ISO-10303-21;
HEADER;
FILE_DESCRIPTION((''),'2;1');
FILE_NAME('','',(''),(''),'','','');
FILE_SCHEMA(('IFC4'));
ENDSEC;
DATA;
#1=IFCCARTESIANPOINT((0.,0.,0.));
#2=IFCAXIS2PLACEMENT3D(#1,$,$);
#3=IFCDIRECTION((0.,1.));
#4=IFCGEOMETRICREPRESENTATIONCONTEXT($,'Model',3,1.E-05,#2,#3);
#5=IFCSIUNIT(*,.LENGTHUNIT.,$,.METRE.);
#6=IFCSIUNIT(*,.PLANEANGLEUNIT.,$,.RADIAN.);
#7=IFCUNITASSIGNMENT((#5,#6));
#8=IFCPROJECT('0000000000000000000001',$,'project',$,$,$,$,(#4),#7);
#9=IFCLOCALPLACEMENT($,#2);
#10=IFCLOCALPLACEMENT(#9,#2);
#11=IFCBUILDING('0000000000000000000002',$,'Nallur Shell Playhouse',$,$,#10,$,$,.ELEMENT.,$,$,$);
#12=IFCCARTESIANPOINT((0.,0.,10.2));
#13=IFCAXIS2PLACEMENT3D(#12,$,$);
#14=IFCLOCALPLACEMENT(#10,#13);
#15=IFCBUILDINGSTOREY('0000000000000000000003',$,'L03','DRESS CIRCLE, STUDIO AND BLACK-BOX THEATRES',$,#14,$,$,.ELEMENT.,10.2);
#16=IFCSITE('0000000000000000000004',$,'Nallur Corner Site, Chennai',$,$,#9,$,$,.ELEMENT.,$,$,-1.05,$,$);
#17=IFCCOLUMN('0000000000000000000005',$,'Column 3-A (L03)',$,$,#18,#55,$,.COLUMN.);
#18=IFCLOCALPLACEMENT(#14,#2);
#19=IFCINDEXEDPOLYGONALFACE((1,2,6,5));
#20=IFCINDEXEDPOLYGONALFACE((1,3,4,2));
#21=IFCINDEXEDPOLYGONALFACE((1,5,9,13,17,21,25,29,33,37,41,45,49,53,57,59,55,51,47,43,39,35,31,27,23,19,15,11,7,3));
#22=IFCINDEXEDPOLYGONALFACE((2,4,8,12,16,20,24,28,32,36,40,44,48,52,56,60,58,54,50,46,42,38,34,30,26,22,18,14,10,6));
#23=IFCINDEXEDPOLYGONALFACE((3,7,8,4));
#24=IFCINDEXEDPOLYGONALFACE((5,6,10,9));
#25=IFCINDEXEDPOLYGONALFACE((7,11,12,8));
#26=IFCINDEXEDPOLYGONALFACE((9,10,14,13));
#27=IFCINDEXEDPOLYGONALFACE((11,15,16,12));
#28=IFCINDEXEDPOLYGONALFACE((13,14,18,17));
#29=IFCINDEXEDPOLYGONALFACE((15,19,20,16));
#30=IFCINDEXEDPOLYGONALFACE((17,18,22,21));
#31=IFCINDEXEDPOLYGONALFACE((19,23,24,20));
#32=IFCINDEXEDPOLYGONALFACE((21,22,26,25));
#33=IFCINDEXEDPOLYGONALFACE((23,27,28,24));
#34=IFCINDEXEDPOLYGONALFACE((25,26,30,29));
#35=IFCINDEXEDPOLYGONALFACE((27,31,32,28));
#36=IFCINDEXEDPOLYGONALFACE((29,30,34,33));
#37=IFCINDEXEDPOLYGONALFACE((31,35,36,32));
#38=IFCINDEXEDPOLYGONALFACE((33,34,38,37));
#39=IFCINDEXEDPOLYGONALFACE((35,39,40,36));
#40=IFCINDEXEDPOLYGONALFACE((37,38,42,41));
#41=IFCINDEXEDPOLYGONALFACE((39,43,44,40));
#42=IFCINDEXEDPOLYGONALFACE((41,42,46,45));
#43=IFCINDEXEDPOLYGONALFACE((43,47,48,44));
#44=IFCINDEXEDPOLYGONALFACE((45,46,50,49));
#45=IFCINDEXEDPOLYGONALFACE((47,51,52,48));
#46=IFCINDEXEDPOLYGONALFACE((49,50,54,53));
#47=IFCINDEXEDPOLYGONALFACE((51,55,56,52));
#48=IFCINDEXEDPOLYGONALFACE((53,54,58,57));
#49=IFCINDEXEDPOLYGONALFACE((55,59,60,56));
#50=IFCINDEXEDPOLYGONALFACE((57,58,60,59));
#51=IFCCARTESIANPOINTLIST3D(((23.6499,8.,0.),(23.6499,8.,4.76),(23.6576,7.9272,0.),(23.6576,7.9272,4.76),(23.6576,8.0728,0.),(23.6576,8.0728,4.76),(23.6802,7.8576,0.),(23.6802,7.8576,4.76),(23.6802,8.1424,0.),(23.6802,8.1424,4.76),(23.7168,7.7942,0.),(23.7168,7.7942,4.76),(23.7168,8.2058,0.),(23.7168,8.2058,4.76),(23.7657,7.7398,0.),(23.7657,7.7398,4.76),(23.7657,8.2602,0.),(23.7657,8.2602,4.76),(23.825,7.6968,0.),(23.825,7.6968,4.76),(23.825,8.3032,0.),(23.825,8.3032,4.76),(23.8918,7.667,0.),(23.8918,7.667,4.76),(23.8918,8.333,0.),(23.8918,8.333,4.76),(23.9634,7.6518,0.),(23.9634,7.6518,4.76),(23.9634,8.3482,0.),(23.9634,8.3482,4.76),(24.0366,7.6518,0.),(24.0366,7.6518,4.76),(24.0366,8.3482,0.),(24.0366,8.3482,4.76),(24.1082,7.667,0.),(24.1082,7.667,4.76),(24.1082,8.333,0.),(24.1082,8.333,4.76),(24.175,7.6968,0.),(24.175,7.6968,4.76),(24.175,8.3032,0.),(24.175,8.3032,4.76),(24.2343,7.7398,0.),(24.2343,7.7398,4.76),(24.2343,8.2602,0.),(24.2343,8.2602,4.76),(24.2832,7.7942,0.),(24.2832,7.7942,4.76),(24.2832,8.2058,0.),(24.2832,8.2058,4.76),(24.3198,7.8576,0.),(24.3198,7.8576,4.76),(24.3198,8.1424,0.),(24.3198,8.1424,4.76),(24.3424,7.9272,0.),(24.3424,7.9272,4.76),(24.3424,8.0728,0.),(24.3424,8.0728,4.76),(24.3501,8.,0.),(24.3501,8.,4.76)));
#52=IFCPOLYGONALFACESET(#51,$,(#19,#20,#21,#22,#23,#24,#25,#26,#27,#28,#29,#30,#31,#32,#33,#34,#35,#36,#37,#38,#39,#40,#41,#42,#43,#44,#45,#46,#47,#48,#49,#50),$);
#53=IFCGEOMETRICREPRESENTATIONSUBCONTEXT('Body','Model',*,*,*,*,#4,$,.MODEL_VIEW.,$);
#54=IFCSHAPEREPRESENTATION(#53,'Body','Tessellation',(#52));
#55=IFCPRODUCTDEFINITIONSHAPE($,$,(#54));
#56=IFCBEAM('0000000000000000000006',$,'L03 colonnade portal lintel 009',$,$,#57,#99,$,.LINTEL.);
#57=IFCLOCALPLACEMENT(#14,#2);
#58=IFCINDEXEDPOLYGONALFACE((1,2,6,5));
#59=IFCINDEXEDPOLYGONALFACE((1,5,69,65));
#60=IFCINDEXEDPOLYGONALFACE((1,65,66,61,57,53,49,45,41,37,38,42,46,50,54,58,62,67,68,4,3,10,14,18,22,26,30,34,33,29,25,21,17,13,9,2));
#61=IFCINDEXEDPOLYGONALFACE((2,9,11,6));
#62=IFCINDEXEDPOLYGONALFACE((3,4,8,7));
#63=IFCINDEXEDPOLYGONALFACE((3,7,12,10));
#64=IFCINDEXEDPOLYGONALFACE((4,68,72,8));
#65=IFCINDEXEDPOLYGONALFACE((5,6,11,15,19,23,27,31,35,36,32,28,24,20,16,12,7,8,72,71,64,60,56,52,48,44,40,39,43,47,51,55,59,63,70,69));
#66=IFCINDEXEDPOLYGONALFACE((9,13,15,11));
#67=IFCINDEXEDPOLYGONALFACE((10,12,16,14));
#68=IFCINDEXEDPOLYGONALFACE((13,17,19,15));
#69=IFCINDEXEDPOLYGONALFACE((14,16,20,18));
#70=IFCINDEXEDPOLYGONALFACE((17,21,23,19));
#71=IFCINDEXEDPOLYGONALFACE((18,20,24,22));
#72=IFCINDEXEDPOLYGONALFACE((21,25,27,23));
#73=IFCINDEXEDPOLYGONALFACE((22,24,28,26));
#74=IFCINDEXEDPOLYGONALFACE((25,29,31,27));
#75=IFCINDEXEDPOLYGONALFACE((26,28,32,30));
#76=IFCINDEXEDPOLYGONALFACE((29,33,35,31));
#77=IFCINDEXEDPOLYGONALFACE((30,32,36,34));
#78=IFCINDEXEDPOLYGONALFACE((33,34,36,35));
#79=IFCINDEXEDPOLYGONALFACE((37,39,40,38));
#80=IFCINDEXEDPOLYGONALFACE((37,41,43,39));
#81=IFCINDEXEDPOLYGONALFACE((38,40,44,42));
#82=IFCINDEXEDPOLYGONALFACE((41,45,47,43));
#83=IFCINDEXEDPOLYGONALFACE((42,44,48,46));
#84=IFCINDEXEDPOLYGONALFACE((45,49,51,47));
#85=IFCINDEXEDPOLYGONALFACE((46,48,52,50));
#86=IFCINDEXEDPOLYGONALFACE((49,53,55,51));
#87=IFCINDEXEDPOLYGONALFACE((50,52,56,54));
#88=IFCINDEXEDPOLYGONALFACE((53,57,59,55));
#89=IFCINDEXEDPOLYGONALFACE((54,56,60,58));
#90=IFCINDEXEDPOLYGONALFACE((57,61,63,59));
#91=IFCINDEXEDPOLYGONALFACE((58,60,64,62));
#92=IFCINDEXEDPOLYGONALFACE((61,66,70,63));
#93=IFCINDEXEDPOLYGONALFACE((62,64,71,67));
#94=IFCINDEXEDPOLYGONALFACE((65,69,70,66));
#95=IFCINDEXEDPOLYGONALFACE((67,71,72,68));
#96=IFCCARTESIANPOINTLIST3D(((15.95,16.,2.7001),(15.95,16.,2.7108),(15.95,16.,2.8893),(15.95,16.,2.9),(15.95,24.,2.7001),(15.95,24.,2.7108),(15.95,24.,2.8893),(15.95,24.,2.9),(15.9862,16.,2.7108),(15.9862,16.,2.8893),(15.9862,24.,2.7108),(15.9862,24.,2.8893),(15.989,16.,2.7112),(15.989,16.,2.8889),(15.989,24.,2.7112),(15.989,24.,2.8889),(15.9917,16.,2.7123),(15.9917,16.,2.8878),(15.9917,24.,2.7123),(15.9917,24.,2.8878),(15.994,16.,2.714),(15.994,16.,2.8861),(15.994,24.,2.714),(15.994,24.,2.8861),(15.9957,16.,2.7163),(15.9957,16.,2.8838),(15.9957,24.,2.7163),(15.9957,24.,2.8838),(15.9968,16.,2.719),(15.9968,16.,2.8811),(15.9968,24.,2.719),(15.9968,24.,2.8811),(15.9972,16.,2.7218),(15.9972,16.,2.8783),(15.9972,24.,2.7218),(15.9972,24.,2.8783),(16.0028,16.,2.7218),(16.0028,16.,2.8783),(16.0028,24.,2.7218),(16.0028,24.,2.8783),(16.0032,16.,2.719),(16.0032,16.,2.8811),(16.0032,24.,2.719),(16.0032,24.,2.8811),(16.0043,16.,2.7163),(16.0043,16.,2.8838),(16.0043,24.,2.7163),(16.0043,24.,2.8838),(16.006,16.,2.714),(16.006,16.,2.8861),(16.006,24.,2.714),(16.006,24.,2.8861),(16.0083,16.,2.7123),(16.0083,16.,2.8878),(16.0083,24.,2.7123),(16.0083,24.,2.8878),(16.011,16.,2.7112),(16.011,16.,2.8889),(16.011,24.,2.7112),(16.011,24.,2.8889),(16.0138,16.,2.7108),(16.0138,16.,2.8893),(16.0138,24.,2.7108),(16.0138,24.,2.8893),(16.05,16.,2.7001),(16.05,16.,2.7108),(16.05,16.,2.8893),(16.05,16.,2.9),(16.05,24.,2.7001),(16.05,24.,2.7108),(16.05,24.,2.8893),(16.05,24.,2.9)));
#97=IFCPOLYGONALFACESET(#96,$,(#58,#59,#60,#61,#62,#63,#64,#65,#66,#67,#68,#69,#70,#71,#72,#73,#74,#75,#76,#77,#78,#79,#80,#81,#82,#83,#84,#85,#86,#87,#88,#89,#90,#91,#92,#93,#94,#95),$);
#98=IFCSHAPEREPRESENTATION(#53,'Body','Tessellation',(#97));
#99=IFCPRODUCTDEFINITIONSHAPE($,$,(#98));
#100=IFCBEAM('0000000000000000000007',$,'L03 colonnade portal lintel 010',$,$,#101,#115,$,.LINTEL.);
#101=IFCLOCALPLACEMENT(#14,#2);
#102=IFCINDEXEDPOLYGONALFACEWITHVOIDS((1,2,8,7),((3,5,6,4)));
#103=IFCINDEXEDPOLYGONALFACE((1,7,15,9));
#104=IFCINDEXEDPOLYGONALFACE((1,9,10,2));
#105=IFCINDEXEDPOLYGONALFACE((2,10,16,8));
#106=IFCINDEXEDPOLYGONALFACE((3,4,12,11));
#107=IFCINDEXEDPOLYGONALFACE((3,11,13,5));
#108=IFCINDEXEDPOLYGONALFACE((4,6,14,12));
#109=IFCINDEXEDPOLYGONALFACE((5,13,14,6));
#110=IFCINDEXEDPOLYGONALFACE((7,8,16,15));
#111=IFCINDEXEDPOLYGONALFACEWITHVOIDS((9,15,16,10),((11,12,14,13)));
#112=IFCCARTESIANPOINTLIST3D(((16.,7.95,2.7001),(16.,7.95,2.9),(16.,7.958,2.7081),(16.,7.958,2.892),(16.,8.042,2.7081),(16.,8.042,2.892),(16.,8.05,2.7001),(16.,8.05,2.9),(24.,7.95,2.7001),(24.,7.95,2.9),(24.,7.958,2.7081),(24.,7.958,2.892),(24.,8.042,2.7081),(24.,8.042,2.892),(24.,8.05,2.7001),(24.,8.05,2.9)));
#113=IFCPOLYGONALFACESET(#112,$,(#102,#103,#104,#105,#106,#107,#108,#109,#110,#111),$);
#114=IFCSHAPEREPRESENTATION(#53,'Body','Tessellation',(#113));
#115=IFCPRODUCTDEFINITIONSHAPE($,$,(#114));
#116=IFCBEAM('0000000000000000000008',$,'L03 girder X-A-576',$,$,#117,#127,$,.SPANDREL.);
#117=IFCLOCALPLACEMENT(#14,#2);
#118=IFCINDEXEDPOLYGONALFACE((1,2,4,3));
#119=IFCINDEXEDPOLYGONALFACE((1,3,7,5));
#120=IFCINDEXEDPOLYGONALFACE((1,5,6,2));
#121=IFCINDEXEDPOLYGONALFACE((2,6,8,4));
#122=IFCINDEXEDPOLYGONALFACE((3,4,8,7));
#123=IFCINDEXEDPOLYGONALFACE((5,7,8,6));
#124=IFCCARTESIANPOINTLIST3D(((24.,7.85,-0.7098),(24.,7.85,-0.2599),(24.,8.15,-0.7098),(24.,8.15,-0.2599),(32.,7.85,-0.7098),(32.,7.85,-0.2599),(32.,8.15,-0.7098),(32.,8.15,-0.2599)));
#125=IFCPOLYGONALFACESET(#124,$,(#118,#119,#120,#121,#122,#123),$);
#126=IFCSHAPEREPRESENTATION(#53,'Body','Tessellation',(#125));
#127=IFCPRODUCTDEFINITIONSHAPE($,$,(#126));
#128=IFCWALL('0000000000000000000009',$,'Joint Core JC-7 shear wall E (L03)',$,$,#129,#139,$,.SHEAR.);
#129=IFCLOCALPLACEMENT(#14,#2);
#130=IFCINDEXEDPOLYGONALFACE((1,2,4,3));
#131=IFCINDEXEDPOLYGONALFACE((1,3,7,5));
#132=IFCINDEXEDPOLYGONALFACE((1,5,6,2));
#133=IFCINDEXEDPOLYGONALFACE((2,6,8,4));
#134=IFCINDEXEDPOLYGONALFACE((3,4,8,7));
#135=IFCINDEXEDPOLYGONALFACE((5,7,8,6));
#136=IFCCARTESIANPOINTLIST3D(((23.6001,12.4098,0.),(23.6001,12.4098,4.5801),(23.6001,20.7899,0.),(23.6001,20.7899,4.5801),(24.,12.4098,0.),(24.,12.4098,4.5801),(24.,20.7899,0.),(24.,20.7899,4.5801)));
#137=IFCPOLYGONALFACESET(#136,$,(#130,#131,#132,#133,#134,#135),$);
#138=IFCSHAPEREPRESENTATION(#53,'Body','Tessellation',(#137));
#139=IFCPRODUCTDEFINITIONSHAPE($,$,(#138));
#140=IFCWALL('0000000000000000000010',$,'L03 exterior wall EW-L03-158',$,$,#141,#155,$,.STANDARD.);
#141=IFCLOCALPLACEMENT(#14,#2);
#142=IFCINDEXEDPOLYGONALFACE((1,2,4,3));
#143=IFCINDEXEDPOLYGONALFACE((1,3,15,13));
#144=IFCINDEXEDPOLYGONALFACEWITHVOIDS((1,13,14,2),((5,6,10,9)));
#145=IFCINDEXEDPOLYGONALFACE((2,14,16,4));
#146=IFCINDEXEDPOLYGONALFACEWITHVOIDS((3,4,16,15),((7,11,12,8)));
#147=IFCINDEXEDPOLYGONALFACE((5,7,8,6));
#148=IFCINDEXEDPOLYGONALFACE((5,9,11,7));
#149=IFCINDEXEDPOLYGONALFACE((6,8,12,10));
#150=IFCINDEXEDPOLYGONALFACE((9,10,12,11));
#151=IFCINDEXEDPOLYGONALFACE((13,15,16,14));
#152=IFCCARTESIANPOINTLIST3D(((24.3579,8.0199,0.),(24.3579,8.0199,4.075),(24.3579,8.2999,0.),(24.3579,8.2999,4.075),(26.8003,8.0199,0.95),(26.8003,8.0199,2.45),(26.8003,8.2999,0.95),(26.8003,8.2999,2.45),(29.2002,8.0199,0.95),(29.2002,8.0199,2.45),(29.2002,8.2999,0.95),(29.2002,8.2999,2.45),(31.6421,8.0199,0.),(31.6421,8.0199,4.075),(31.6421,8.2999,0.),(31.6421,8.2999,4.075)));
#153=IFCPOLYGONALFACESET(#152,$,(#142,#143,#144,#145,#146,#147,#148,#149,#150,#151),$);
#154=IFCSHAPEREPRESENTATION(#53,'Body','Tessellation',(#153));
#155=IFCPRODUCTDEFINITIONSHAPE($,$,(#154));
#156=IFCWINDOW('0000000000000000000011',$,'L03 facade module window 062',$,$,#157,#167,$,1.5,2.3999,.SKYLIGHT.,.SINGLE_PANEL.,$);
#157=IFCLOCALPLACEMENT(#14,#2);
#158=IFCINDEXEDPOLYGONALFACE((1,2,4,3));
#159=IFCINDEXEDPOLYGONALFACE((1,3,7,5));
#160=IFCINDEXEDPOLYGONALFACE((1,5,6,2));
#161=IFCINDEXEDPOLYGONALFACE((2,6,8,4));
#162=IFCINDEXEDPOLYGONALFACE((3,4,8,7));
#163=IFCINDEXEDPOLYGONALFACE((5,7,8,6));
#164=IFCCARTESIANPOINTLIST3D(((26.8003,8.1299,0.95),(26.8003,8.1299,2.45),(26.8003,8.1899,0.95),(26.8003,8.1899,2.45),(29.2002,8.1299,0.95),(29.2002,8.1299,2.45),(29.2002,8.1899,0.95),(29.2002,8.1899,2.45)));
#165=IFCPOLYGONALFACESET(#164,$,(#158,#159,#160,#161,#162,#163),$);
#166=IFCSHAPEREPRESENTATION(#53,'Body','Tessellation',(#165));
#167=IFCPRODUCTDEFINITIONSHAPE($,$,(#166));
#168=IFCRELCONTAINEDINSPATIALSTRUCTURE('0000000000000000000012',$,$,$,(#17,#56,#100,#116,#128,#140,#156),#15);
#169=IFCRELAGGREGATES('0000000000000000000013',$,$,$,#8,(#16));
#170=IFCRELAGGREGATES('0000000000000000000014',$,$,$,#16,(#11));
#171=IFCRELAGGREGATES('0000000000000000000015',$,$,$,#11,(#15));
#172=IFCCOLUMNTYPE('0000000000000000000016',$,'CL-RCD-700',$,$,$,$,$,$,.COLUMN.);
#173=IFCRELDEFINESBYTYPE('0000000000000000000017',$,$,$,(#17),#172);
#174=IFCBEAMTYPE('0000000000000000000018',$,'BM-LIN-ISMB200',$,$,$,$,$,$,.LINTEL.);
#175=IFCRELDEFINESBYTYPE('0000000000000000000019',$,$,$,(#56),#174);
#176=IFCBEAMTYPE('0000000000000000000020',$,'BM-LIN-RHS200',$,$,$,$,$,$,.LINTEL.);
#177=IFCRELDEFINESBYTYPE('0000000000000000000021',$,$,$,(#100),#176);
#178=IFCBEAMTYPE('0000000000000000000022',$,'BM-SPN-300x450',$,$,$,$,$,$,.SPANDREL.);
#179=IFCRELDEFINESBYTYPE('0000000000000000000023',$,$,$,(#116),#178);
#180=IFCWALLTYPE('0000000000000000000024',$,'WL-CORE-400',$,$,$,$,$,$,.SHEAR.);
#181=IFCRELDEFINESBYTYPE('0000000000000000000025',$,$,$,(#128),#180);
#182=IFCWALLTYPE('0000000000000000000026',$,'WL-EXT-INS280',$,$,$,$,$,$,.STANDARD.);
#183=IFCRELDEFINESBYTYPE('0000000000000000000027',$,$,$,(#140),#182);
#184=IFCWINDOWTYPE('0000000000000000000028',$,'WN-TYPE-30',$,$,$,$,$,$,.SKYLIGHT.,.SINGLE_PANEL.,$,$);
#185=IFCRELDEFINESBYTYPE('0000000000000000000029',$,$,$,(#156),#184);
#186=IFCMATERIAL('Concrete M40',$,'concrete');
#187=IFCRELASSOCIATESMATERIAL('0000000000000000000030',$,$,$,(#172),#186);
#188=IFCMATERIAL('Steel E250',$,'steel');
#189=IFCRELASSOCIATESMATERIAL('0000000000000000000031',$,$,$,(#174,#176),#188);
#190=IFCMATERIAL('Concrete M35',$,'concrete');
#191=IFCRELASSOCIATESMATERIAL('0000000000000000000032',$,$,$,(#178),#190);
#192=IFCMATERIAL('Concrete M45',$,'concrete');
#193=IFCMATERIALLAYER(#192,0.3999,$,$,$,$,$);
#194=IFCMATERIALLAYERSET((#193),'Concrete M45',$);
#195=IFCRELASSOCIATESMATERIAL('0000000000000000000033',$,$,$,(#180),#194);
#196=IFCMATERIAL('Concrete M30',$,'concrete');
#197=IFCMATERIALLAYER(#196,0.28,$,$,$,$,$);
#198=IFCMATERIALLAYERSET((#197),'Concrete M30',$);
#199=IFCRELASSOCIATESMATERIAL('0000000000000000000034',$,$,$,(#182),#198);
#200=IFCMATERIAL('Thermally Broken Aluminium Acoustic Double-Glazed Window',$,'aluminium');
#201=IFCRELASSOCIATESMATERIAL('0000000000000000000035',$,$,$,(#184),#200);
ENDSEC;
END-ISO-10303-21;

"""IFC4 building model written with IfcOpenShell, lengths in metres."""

from ifc_helpers import new_model, si_unit, direction, frame, frame_2d, origin, origin_2d, place, context, subcontext, project, spatial, rectangle, hollow_rectangle, circle, i_section, extrude, material, layer, layer_set, material_profile, profile_set, type_object, element, fill, save


model = new_model("IFC4")

# Units and contexts
model_context = context("Model", 3, precision=1e-05, world=origin(), true_north=direction((0.0, 1.0)))
body_context = subcontext(model_context, "Body", "Model", "MODEL_VIEW")
ifc_project = project(units=[si_unit("LENGTHUNIT", "METRE"), si_unit("PLANEANGLEUNIT", "RADIAN")], contexts=[model_context])

# Site, building, storey
site_placement = place(None, origin())
site = spatial("IfcSite", under=ifc_project, at=site_placement, Name="Nallur Corner Site, Chennai", CompositionType="ELEMENT", RefElevation=-1.05)
building_placement = place(site_placement, origin())
building = spatial("IfcBuilding", under=site, at=building_placement, Name="Nallur Shell Playhouse", CompositionType="ELEMENT")
storey_placement = place(building_placement, frame((0.0, 0.0, 10.2)))
storey = spatial("IfcBuildingStorey", under=building, at=storey_placement, Name="L03", Description="DRESS CIRCLE, STUDIO AND BLACK-BOX THEATRES", CompositionType="ELEMENT", Elevation=10.2)

# Column
ifc_material_1 = material(Name="Concrete M40", Category="concrete")
ifc_material_profile_1 = material_profile(ifc_material_1, circle(Radius=0.3501, at=origin_2d()), Name="RC D700")
ifc_profile_set_1 = profile_set([ifc_material_profile_1], Name="Concrete M40")
column_type = type_object("IfcColumnType", Name="CL-RCD-700", PredefinedType="COLUMN", material=ifc_profile_set_1)
column_placement = place(storey_placement, frame((24.0, 8.0, 0.0), z_axis=(0.0, 0.0, 1.0), x_axis=(1.0, 0.0, 0.0)))
element("IfcColumn", 1, at=column_placement, inside=storey, type_object=column_type, Name="Column 3-A (L03)", PredefinedType="COLUMN", context=body_context, shape_type="SweptSolid", body=[
    extrude(circle(Radius=0.3501, at=origin_2d()), origin(), (0.0, 0.0, 1.0), 4.76),
])

# Beams
ifc_material_2 = material(Name="Steel E250", Category="steel")
ifc_material_profile_2 = material_profile(ifc_material_2, i_section(OverallWidth=0.1001, OverallDepth=0.2, WebThickness=0.0056, FlangeThickness=0.0107, FilletRadius=0.011, at=origin_2d()), Name="ISMB 200")
ifc_profile_set_2 = profile_set([ifc_material_profile_2], Name="Steel E250")
beam_type_1 = type_object("IfcBeamType", Name="BM-LIN-ISMB200", PredefinedType="LINTEL", material=ifc_profile_set_2)
beam_1_placement = place(storey_placement, frame((16.0, 16.0, 2.8), z_axis=(0.0, 1.0, 0.0), x_axis=(-1.0, 0.0, 0.0)))
element("IfcBeam", 2, at=beam_1_placement, inside=storey, type_object=beam_type_1, Name="L03 colonnade portal lintel 009", PredefinedType="LINTEL", context=body_context, shape_type="SweptSolid", body=[
    extrude(i_section(OverallWidth=0.1001, OverallDepth=0.2, WebThickness=0.0056, FlangeThickness=0.0107, FilletRadius=0.011, at=origin_2d()), origin(), (0.0, 0.0, 1.0), 8.0),
])
ifc_material_profile_3 = material_profile(ifc_material_2, hollow_rectangle(XDim=0.1001, YDim=0.2, WallThickness=0.0081, at=origin_2d()), Name="RHS 200x100x8")
ifc_profile_set_3 = profile_set([ifc_material_profile_3], Name="Steel E250")
beam_type_2 = type_object("IfcBeamType", Name="BM-LIN-RHS200", PredefinedType="LINTEL", material=ifc_profile_set_3)
beam_2_placement = place(storey_placement, frame((16.0, 8.0, 2.8), z_axis=(1.0, 0.0, 0.0), x_axis=(0.0, 1.0, 0.0)))
element("IfcBeam", 3, at=beam_2_placement, inside=storey, type_object=beam_type_2, Name="L03 colonnade portal lintel 010", PredefinedType="LINTEL", context=body_context, shape_type="SweptSolid", body=[
    extrude(hollow_rectangle(XDim=0.1001, YDim=0.2, WallThickness=0.0081, at=origin_2d()), origin(), (0.0, 0.0, 1.0), 8.0),
])
ifc_material_3 = material(Name="Concrete M35", Category="concrete")
ifc_material_profile_4 = material_profile(ifc_material_3, rectangle(XDim=0.3, YDim=0.45, at=origin_2d()), Name="RC 300x450")
ifc_profile_set_4 = profile_set([ifc_material_profile_4], Name="Concrete M35")
beam_type_3 = type_object("IfcBeamType", Name="BM-SPN-300x450", PredefinedType="SPANDREL", material=ifc_profile_set_4)
beam_3_placement = place(storey_placement, frame((24.0, 8.0, -0.4849), z_axis=(1.0, 0.0, 0.0), x_axis=(0.0, 1.0, 0.0)))
element("IfcBeam", 4, at=beam_3_placement, inside=storey, type_object=beam_type_3, Name="L03 girder X-A-576", PredefinedType="SPANDREL", context=body_context, shape_type="SweptSolid", body=[
    extrude(rectangle(XDim=0.3, YDim=0.45, at=origin_2d()), origin(), (0.0, 0.0, 1.0), 8.0),
])

# Shared definitions
ifc_material_4 = material(Name="Concrete M45", Category="concrete")
ifc_layer_1 = layer(ifc_material_4, 0.3999)
ifc_layer_set_1 = layer_set([ifc_layer_1], Name="Concrete M45")
wall_type_1 = type_object("IfcWallType", Name="WL-CORE-400", PredefinedType="SHEAR", material=ifc_layer_set_1)

# Wall
wall_1_placement = place(storey_placement, frame((23.8, 12.4099, 0.0), z_axis=(0.0, 0.0, 1.0), x_axis=(0.0, 1.0, 0.0)))
element("IfcWall", 5, at=wall_1_placement, inside=storey, type_object=wall_type_1, Name="Joint Core JC-7 shear wall E (L03)", PredefinedType="SHEAR", context=body_context, shape_type="SweptSolid", body=[
    extrude(rectangle(XDim=8.3801, YDim=0.3999, at=frame_2d((4.1899, 0.0))), origin(), (0.0, 0.0, 1.0), 4.5801),
])

# Wall, opening, window
ifc_material_5 = material(Name="Concrete M30", Category="concrete")
ifc_layer_2 = layer(ifc_material_5, 0.28)
ifc_layer_set_2 = layer_set([ifc_layer_2], Name="Concrete M30")
wall_type_2 = type_object("IfcWallType", Name="WL-EXT-INS280", PredefinedType="STANDARD", material=ifc_layer_set_2)
wall_2_placement = place(storey_placement, frame((31.6421, 8.1599, 0.0), z_axis=(0.0, 0.0, 1.0), x_axis=(-1.0, 0.0, 0.0)))
wall_2 = element("IfcWall", 6, at=wall_2_placement, inside=storey, type_object=wall_type_2, Name="L03 exterior wall EW-L03-158", PredefinedType="STANDARD", context=body_context, shape_type="SweptSolid", body=[
    extrude(rectangle(XDim=7.2842, YDim=0.28, at=frame_2d((3.6421, 0.0))), origin(), (0.0, 0.0, 1.0), 4.075),
])
opening_1_placement = place(wall_2_placement, frame((2.4419, 0.0, 0.95)))
opening_1 = element("IfcOpeningElement", 7, at=opening_1_placement, cuts=wall_2, PredefinedType="OPENING", context=body_context, shape_type="SweptSolid", body=[
    extrude(rectangle(XDim=2.3999, YDim=1.5, at=frame_2d((1.2, 0.75))), frame((0.0, 0.1499, 0.0), z_axis=(0.0, -1.0, 0.0), x_axis=(1.0, 0.0, 0.0)), (0.0, 0.0, 1.0), 0.3),
])
ifc_material_6 = material(Name="Thermally Broken Aluminium Acoustic Double-Glazed Window", Category="aluminium")
window_type_1 = type_object("IfcWindowType", Name="WN-TYPE-30", PartitioningType="SINGLE_PANEL", PredefinedType="SKYLIGHT", material=ifc_material_6)
window_1_placement = place(opening_1_placement, origin())
window_1 = element("IfcWindow", 8, at=window_1_placement, inside=storey, type_object=window_type_1, Name="L03 facade module window 062", OverallHeight=1.5, OverallWidth=2.3999, PartitioningType="SINGLE_PANEL", PredefinedType="SKYLIGHT", context=body_context, shape_type="SweptSolid", body=[
    extrude(rectangle(XDim=2.3999, YDim=1.5, at=frame_2d((1.2, 0.75))), frame((0.0, 0.03, 0.0), z_axis=(0.0, -1.0, 0.0), x_axis=(1.0, 0.0, 0.0)), (0.0, 0.0, 1.0), 0.0601),
])
fill(opening_1, window_1)

save(model, "model.ifc")
